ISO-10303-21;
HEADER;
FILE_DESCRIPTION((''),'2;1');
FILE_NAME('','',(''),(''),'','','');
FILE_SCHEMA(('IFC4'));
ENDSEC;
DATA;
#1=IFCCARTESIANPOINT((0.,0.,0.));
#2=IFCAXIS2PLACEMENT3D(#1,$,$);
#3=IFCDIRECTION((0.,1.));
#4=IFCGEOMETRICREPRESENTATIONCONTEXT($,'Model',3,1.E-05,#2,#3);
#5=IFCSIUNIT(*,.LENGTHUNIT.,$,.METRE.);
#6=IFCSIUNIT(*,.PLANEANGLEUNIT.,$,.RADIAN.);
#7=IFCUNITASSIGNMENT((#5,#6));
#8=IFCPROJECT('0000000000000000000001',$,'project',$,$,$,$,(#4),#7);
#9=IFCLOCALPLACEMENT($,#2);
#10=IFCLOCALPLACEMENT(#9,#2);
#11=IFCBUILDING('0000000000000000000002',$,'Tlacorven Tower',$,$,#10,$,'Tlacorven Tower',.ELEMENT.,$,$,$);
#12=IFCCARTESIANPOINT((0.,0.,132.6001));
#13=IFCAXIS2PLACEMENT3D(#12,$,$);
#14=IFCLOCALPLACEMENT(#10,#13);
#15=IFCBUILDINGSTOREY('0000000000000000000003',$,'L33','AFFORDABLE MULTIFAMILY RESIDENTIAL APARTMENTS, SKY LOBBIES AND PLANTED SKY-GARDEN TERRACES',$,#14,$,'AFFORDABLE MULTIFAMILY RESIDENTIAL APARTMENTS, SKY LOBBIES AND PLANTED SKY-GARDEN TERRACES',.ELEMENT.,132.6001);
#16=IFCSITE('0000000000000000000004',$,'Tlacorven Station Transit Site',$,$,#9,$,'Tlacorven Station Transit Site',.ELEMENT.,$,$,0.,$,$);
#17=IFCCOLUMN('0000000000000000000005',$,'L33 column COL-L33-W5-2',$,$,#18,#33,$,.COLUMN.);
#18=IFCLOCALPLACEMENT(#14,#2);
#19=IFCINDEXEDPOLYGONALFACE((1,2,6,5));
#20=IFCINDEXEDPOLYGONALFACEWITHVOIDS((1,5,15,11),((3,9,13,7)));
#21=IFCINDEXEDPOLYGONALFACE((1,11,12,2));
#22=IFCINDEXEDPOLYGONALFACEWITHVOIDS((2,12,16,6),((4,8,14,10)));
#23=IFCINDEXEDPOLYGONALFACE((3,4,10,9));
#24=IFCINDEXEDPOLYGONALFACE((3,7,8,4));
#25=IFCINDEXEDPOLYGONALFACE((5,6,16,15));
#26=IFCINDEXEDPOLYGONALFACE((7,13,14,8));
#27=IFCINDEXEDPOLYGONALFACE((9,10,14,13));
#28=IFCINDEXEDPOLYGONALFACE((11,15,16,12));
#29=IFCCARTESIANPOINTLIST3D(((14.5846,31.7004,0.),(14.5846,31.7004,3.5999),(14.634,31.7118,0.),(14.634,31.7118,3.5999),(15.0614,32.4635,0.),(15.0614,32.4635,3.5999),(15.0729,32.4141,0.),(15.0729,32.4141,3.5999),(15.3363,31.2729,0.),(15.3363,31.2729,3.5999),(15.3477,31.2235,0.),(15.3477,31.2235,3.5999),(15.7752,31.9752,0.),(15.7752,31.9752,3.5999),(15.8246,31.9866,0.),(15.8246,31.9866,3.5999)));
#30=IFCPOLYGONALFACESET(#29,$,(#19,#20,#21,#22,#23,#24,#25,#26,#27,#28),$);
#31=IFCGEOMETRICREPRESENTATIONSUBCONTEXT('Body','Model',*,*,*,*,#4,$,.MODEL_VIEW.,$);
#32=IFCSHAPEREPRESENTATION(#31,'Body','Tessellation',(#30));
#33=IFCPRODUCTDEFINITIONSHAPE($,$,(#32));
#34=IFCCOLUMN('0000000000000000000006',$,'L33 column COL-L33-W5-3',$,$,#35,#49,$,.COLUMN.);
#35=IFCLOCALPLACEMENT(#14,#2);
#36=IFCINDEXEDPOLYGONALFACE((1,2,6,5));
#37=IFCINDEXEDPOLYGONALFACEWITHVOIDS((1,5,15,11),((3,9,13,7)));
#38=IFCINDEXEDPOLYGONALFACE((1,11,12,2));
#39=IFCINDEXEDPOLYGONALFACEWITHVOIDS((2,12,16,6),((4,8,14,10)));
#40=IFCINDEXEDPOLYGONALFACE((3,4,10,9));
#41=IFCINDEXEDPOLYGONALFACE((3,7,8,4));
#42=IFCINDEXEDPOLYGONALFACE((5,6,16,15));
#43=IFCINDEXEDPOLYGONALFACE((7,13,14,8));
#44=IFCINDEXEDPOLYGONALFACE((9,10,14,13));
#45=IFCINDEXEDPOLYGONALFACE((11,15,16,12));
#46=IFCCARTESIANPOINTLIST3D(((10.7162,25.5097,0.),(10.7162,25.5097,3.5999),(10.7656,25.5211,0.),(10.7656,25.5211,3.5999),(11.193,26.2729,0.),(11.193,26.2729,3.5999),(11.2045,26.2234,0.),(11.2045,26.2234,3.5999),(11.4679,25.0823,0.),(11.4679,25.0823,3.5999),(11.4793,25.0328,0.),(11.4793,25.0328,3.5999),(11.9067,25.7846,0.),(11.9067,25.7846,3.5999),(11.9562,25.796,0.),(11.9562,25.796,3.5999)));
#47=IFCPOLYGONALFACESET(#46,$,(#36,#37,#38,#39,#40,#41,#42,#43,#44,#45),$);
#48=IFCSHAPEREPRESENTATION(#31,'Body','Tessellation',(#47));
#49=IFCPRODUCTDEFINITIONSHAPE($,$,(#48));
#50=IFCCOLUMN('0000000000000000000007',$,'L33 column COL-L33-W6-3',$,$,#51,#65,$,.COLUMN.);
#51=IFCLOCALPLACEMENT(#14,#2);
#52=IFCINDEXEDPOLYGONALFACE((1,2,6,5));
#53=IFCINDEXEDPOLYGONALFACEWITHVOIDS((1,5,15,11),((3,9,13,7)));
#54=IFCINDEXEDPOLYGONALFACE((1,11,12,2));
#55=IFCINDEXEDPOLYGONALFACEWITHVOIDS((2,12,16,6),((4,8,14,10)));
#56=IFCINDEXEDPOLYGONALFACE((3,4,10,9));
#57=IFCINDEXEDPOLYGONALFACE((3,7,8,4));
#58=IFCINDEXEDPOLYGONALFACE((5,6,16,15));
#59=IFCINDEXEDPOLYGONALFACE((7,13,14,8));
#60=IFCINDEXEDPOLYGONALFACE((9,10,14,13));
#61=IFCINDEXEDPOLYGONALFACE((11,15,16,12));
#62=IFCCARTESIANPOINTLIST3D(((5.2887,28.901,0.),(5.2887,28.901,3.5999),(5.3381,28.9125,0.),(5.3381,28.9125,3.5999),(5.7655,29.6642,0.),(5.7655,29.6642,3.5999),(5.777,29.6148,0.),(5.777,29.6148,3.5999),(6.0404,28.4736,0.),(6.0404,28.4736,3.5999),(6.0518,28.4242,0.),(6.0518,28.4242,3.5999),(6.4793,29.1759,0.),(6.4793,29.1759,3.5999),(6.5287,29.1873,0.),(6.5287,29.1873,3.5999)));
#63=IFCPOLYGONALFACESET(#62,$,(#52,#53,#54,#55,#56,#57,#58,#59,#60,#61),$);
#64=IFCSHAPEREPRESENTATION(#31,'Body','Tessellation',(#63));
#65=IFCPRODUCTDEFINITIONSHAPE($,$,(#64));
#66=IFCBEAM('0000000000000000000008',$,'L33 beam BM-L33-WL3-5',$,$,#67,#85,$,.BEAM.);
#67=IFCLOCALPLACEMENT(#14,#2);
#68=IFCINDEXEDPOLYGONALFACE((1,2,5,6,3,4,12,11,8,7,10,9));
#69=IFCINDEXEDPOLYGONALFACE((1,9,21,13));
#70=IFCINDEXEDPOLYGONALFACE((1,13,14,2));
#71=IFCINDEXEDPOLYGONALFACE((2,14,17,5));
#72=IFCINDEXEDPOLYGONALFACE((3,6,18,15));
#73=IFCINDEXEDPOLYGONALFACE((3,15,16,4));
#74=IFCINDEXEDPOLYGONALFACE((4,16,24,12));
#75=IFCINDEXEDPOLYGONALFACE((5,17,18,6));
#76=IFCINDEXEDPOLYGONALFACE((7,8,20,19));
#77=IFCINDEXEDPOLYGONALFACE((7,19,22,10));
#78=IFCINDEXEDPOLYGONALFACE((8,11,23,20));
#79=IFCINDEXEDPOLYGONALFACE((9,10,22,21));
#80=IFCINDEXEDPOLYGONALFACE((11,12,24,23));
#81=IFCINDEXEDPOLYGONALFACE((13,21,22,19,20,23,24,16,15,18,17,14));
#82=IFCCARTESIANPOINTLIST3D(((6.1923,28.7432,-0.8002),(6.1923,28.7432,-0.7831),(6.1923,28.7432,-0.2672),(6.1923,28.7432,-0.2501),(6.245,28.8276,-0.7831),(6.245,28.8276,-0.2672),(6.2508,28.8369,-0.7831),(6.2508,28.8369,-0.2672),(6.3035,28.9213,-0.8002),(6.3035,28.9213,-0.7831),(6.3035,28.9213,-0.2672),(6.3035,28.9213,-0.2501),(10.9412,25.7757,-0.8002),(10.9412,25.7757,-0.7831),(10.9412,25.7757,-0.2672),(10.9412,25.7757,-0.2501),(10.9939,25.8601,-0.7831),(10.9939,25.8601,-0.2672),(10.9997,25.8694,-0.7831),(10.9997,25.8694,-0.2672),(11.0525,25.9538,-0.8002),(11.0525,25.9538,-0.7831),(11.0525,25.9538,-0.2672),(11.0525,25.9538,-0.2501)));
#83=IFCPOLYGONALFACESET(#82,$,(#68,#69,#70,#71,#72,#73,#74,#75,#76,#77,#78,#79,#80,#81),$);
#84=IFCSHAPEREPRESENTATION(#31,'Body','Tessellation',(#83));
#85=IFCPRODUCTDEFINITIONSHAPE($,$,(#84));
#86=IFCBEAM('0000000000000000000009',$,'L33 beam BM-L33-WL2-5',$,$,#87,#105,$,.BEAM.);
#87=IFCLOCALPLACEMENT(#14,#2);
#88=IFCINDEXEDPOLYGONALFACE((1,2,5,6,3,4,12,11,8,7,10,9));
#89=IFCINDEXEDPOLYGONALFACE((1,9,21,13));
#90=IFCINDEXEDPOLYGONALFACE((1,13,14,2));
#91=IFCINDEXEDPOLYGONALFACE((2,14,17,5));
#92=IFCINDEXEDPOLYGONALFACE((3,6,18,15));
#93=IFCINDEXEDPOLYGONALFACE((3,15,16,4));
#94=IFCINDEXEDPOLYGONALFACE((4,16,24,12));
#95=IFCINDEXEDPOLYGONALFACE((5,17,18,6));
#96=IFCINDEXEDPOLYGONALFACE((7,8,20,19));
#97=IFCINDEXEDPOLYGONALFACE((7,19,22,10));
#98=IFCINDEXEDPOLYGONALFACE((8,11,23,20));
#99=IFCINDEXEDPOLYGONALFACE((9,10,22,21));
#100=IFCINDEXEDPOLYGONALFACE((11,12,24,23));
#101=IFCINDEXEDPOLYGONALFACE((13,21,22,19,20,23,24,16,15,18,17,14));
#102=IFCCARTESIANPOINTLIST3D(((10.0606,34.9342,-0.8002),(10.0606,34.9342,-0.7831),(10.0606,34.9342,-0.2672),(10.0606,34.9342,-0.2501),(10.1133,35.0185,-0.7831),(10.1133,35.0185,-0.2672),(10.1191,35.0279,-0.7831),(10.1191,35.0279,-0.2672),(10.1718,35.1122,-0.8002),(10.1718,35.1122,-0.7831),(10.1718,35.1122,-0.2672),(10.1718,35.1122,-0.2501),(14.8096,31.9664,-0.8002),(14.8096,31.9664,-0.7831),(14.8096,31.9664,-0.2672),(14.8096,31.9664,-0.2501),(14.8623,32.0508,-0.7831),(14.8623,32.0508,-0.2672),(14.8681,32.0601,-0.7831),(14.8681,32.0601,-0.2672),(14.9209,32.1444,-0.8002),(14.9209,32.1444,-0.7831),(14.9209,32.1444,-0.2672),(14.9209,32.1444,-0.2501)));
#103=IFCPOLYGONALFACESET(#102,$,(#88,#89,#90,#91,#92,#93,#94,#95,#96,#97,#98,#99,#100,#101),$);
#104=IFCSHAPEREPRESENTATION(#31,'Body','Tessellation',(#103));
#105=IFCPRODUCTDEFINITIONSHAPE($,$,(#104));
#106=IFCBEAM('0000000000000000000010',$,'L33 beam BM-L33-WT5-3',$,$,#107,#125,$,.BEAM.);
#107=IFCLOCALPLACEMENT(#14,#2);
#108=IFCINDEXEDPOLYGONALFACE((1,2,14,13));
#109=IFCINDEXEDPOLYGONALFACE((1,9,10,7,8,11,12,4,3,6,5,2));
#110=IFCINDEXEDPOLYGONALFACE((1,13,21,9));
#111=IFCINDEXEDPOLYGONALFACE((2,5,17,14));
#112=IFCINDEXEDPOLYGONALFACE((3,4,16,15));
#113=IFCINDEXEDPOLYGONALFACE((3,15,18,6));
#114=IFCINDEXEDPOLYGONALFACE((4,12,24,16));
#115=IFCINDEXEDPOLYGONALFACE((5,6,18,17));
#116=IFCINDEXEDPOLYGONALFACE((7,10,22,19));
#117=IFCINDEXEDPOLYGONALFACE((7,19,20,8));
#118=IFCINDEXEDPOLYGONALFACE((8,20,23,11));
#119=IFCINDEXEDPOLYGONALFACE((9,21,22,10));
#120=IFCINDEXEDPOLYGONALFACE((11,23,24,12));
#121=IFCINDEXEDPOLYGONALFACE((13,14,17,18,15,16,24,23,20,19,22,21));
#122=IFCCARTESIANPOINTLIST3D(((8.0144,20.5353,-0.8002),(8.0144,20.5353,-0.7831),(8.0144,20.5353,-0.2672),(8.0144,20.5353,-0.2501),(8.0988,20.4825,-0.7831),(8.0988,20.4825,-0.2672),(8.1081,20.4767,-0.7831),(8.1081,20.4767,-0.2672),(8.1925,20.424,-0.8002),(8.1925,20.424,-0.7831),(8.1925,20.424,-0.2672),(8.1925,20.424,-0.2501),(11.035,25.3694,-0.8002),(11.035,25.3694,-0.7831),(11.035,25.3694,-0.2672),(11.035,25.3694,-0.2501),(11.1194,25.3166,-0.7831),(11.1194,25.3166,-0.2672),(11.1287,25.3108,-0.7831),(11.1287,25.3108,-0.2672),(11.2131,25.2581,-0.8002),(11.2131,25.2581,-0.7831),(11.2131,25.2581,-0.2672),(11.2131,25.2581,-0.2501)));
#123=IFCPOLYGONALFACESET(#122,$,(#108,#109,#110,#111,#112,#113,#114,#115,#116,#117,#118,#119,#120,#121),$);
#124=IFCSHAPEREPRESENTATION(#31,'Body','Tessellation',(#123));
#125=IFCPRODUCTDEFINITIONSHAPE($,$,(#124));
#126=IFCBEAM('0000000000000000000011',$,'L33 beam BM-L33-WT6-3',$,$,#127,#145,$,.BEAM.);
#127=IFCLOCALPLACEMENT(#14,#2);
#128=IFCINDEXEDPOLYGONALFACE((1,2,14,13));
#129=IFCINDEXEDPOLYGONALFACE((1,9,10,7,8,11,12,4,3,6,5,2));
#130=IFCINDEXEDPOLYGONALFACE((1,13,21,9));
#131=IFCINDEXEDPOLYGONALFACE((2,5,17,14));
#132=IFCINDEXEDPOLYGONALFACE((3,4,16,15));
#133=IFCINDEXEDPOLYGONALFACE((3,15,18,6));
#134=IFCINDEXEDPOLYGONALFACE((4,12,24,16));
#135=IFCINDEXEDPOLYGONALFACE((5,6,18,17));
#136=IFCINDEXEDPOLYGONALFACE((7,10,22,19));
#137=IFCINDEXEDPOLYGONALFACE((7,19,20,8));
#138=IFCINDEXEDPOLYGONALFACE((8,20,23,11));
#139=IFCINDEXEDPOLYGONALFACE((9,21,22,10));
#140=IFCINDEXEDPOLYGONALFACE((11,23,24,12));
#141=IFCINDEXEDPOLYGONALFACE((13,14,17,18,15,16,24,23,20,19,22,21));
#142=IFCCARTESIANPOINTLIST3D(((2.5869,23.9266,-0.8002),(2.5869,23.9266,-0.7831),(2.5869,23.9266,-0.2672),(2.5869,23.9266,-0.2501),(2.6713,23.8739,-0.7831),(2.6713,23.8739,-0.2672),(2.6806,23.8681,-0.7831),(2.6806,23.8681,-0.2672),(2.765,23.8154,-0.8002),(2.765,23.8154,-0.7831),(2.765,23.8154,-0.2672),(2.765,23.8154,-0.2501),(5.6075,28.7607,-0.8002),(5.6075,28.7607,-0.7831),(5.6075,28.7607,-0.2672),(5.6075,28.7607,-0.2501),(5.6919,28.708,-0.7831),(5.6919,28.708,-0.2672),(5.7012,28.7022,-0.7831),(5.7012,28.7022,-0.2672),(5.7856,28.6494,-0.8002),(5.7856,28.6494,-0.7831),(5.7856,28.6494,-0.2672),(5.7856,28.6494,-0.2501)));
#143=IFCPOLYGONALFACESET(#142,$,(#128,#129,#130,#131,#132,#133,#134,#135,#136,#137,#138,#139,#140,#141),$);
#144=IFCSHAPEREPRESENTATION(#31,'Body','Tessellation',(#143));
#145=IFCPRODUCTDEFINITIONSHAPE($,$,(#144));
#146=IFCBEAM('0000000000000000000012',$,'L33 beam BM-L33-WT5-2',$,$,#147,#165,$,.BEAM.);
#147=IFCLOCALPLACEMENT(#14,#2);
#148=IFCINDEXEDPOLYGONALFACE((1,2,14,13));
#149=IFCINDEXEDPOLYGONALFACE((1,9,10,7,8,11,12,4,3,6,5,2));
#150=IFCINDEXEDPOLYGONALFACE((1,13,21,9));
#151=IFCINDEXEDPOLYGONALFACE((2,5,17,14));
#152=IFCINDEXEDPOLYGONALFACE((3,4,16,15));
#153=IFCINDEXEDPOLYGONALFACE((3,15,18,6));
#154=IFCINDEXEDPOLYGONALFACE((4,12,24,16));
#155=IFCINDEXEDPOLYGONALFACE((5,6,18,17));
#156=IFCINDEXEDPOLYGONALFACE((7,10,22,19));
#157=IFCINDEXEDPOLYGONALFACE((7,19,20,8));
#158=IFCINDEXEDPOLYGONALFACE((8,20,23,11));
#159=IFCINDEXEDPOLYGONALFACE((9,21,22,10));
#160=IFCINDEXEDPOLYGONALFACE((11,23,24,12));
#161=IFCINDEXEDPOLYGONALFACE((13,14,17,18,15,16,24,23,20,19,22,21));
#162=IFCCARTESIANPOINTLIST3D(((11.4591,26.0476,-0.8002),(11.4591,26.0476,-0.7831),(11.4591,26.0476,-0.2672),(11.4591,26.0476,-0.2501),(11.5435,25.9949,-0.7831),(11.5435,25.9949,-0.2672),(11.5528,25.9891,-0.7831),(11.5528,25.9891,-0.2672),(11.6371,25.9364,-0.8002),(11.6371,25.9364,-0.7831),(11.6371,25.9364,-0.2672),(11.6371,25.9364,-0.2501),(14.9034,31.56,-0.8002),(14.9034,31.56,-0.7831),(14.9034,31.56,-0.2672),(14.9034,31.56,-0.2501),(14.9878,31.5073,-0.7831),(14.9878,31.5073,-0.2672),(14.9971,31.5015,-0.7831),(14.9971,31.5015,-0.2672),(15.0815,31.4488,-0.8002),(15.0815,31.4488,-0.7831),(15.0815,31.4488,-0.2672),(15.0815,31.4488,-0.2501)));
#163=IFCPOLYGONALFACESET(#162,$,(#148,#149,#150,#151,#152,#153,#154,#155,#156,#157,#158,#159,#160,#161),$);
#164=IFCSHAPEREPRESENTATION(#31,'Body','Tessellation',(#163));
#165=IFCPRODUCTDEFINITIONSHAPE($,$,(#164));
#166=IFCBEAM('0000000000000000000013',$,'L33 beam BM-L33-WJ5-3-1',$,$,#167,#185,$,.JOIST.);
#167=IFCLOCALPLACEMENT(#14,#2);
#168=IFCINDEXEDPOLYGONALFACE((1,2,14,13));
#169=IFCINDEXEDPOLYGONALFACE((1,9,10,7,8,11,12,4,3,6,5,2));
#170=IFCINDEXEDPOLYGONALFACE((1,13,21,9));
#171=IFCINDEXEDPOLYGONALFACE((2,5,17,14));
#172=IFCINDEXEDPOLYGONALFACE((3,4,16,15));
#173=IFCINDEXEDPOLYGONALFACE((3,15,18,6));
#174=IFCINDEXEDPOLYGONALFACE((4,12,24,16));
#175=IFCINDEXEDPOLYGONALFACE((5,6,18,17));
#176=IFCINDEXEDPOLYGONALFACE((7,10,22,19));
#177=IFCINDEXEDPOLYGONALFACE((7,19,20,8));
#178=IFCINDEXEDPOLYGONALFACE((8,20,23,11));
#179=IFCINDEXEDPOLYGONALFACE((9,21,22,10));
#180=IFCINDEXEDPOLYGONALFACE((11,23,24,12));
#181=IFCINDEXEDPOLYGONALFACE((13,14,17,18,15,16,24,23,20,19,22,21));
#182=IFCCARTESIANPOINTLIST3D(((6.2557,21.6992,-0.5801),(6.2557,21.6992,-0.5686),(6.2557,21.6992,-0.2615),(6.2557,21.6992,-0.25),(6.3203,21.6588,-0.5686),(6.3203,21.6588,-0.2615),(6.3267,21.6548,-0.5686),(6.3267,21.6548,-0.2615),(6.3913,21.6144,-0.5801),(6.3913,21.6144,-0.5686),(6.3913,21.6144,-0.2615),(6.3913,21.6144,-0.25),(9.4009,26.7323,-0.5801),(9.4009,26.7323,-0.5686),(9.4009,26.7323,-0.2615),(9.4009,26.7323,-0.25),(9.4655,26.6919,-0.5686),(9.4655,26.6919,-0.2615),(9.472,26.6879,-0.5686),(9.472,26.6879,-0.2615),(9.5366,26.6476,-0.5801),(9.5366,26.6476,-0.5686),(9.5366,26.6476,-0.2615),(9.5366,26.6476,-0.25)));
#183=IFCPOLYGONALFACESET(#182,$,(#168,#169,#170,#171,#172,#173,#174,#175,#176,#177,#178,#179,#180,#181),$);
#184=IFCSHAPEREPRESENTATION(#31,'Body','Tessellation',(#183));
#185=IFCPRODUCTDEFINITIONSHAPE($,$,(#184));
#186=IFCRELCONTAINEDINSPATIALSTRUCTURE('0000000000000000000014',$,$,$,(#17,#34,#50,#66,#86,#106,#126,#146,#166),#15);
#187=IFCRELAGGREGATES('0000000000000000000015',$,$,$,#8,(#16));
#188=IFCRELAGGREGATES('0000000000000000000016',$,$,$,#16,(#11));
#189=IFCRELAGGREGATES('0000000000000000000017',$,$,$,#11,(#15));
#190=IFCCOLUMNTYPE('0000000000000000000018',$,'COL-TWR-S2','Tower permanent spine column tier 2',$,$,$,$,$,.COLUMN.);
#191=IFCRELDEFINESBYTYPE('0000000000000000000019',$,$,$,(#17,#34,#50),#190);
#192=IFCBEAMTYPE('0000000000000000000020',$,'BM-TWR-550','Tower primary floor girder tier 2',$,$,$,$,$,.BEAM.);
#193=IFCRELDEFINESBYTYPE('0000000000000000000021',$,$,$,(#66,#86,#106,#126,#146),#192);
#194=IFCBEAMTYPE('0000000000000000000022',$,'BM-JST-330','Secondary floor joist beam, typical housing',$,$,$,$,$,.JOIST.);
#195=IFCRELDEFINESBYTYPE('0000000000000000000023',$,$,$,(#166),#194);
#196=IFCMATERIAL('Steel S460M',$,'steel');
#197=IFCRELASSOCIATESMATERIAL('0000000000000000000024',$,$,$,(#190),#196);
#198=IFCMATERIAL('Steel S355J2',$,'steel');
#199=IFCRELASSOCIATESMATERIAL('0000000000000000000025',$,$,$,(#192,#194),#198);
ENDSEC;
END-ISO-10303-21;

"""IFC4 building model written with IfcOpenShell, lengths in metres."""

from ifc_helpers import new_model, si_unit, direction, frame, origin, origin_2d, place, context, subcontext, project, spatial, hollow_rectangle, i_section, extrude, source, transform, mapped, material, material_profile, profile_set, type_object, element, save


model = new_model("IFC4")

# Units and contexts
model_context = context("Model", 3, precision=1e-05, world=origin(), true_north=direction((0.0, 1.0)))
body_context = subcontext(model_context, "Body", "Model", "MODEL_VIEW")
ifc_project = project(units=[si_unit("LENGTHUNIT", "METRE"), si_unit("PLANEANGLEUNIT", "RADIAN")], contexts=[model_context])

# Site, building, storey
site_placement = place(None, origin())
site = spatial("IfcSite", under=ifc_project, at=site_placement, Name="Tlacorven Station Transit Site", LongName="Tlacorven Station Transit Site", CompositionType="ELEMENT", RefElevation=0.0)
building_placement = place(site_placement, origin())
building = spatial("IfcBuilding", under=site, at=building_placement, Name="Tlacorven Tower", LongName="Tlacorven Tower", CompositionType="ELEMENT")
storey_placement = place(building_placement, frame((0.0, 0.0, 132.6001)))
storey = spatial("IfcBuildingStorey", under=building, at=storey_placement, Name="L33", Description="AFFORDABLE MULTIFAMILY RESIDENTIAL APARTMENTS, SKY LOBBIES AND PLANTED SKY-GARDEN TERRACES", LongName="AFFORDABLE MULTIFAMILY RESIDENTIAL APARTMENTS, SKY LOBBIES AND PLANTED SKY-GARDEN TERRACES", CompositionType="ELEMENT", Elevation=132.6001)

# Columns
ifc_material_1 = material(Name="Steel S460M", Category="steel")
ifc_material_profile_1 = material_profile(ifc_material_1, hollow_rectangle(XDim=0.8999, YDim=0.8999, WallThickness=0.0359, at=origin_2d()), Name="BOX 900X900X36")
ifc_profile_set_1 = profile_set([ifc_material_profile_1], Name="Steel S460M")
column_type = type_object("IfcColumnType", Name="COL-TWR-S2", Description="Tower permanent spine column tier 2", PredefinedType="COLUMN", material=ifc_profile_set_1)
shared_shape_1 = source(origin(), body_context, "Body", "SweptSolid", [
    extrude(hollow_rectangle(XDim=0.8999, YDim=0.8999, WallThickness=0.0359, at=origin_2d()), origin(), (0.0, 0.0, 1.0), 3.5999),
])
for number, where, z_axis, x_axis, name in (
    (1, (15.2046, 31.8435, 0.0), (0.0, 0.0, 1.0), (-0.848048, 0.529919, 0.0), "L33 column COL-L33-W5-2"),
    (2, (11.3362, 25.6528, 0.0), (0.0, 0.0, 1.0), (-0.848048, 0.529919, 0.0), "L33 column COL-L33-W5-3"),
    (3, (5.9087, 29.0442, 0.0), (0.0, 0.0, 1.0), (-0.848048, 0.529919, 0.0), "L33 column COL-L33-W6-3"),
):
    element("IfcColumn", number, at=place(storey_placement, frame(where, z_axis=z_axis, x_axis=x_axis)), inside=storey, type_object=column_type, Name=name, PredefinedType="COLUMN", context=body_context, shape_type="MappedRepresentation", body=[
        mapped(shared_shape_1, transform((0.0, 0.0, 0.0), scale=1.0)),
    ])

# Beams
ifc_material_2 = material(Name="Steel S355J2", Category="steel")
ifc_material_profile_2 = material_profile(ifc_material_2, i_section(OverallWidth=0.21, OverallDepth=0.55, WebThickness=0.011, FlangeThickness=0.0171, at=origin_2d()), Name="IPE 550")
ifc_profile_set_2 = profile_set([ifc_material_profile_2], Name="Steel S355J2")
beam_type_1 = type_object("IfcBeamType", Name="BM-TWR-550", Description="Tower primary floor girder tier 2", PredefinedType="BEAM", material=ifc_profile_set_2)
shared_shape_2 = source(origin(), body_context, "Body", "SweptSolid", [
    extrude(i_section(OverallWidth=0.21, OverallDepth=0.55, WebThickness=0.011, FlangeThickness=0.0171, at=origin_2d()), origin(), (0.0, 0.0, 1.0), 5.5999),
])
beam_1_placement = place(storey_placement, frame((10.9968, 25.8647, -0.5251), z_axis=(-0.848047, 0.529921, 0.0), x_axis=(-0.529921, -0.848047, 0.0)))
element("IfcBeam", 4, at=beam_1_placement, inside=storey, type_object=beam_type_1, Name="L33 beam BM-L33-WL3-5", PredefinedType="BEAM", context=body_context, shape_type="MappedRepresentation", body=[
    mapped(shared_shape_2, transform((0.0, 0.0, 0.0), scale=1.0)),
])
shared_shape_3 = source(origin(), body_context, "Body", "SweptSolid", [
    extrude(i_section(OverallWidth=0.21, OverallDepth=0.55, WebThickness=0.011, FlangeThickness=0.0171, at=origin_2d()), origin(), (0.0, 0.0, 1.0), 5.6001),
])
beam_2_placement = place(storey_placement, frame((14.8652, 32.0554, -0.5251), z_axis=(-0.848028, 0.529952, 0.0), x_axis=(-0.529952, -0.848028, 0.0)))
element("IfcBeam", 5, at=beam_2_placement, inside=storey, type_object=beam_type_1, Name="L33 beam BM-L33-WL2-5", PredefinedType="BEAM", context=body_context, shape_type="MappedRepresentation", body=[
    mapped(shared_shape_3, transform((0.0, 0.0, 0.0), scale=1.0)),
])
shared_shape_4 = source(origin(), body_context, "Body", "SweptSolid", [
    extrude(i_section(OverallWidth=0.21, OverallDepth=0.55, WebThickness=0.011, FlangeThickness=0.0171, at=origin_2d()), origin(), (0.0, 0.0, 1.0), 5.7002),
])
for number, where, z_axis, x_axis, name in (
    (6, (11.124, 25.3137, -0.5251), (-0.529907, -0.848056, 0.0), (0.848056, -0.529907, 0.0), "L33 beam BM-L33-WT5-3"),
    (7, (5.6965, 28.7051, -0.5251), (-0.529907, -0.848056, 0.0), (0.848056, -0.529907, 0.0), "L33 beam BM-L33-WT6-3"),
):
    element("IfcBeam", number, at=place(storey_placement, frame(where, z_axis=z_axis, x_axis=x_axis)), inside=storey, type_object=beam_type_1, Name=name, PredefinedType="BEAM", context=body_context, shape_type="MappedRepresentation", body=[
        mapped(shared_shape_4, transform((0.0, 0.0, 0.0), scale=1.0)),
    ])
shared_shape_5 = source(origin(), body_context, "Body", "SweptSolid", [
    extrude(i_section(OverallWidth=0.21, OverallDepth=0.55, WebThickness=0.011, FlangeThickness=0.0171, at=origin_2d()), origin(), (0.0, 0.0, 1.0), 6.5),
])
beam_3_placement = place(storey_placement, frame((14.9924, 31.5044, -0.5251), z_axis=(-0.529894, -0.848064, 0.0), x_axis=(0.848064, -0.529894, 0.0)))
element("IfcBeam", 8, at=beam_3_placement, inside=storey, type_object=beam_type_1, Name="L33 beam BM-L33-WT5-2", PredefinedType="BEAM", context=body_context, shape_type="MappedRepresentation", body=[
    mapped(shared_shape_5, transform((0.0, 0.0, 0.0), scale=1.0)),
])
ifc_material_profile_3 = material_profile(ifc_material_2, i_section(OverallWidth=0.1599, OverallDepth=0.3301, WebThickness=0.0076, FlangeThickness=0.0115, at=origin_2d()), Name="IPE 330")
ifc_profile_set_3 = profile_set([ifc_material_profile_3], Name="Steel S355J2")
beam_type_2 = type_object("IfcBeamType", Name="BM-JST-330", Description="Secondary floor joist beam, typical housing", PredefinedType="JOIST", material=ifc_profile_set_3)
shared_shape_6 = source(origin(), body_context, "Body", "SweptSolid", [
    extrude(i_section(OverallWidth=0.1599, OverallDepth=0.3301, WebThickness=0.0076, FlangeThickness=0.0115, at=origin_2d()), origin(), (0.0, 0.0, 1.0), 5.9351),
])
for number, where, z_axis, x_axis, name in (
    (9, (9.4688, 26.6899, -0.415), (-0.52994, -0.848035, 0.0), (0.848035, -0.52994, 0.0), "L33 beam BM-L33-WJ5-3-1"),
):
    element("IfcBeam", number, at=place(storey_placement, frame(where, z_axis=z_axis, x_axis=x_axis)), inside=storey, type_object=beam_type_2, Name=name, PredefinedType="JOIST", context=body_context, shape_type="MappedRepresentation", body=[
        mapped(shared_shape_6, transform((0.0, 0.0, 0.0), scale=1.0)),
    ])

save(model, "model.ifc")
